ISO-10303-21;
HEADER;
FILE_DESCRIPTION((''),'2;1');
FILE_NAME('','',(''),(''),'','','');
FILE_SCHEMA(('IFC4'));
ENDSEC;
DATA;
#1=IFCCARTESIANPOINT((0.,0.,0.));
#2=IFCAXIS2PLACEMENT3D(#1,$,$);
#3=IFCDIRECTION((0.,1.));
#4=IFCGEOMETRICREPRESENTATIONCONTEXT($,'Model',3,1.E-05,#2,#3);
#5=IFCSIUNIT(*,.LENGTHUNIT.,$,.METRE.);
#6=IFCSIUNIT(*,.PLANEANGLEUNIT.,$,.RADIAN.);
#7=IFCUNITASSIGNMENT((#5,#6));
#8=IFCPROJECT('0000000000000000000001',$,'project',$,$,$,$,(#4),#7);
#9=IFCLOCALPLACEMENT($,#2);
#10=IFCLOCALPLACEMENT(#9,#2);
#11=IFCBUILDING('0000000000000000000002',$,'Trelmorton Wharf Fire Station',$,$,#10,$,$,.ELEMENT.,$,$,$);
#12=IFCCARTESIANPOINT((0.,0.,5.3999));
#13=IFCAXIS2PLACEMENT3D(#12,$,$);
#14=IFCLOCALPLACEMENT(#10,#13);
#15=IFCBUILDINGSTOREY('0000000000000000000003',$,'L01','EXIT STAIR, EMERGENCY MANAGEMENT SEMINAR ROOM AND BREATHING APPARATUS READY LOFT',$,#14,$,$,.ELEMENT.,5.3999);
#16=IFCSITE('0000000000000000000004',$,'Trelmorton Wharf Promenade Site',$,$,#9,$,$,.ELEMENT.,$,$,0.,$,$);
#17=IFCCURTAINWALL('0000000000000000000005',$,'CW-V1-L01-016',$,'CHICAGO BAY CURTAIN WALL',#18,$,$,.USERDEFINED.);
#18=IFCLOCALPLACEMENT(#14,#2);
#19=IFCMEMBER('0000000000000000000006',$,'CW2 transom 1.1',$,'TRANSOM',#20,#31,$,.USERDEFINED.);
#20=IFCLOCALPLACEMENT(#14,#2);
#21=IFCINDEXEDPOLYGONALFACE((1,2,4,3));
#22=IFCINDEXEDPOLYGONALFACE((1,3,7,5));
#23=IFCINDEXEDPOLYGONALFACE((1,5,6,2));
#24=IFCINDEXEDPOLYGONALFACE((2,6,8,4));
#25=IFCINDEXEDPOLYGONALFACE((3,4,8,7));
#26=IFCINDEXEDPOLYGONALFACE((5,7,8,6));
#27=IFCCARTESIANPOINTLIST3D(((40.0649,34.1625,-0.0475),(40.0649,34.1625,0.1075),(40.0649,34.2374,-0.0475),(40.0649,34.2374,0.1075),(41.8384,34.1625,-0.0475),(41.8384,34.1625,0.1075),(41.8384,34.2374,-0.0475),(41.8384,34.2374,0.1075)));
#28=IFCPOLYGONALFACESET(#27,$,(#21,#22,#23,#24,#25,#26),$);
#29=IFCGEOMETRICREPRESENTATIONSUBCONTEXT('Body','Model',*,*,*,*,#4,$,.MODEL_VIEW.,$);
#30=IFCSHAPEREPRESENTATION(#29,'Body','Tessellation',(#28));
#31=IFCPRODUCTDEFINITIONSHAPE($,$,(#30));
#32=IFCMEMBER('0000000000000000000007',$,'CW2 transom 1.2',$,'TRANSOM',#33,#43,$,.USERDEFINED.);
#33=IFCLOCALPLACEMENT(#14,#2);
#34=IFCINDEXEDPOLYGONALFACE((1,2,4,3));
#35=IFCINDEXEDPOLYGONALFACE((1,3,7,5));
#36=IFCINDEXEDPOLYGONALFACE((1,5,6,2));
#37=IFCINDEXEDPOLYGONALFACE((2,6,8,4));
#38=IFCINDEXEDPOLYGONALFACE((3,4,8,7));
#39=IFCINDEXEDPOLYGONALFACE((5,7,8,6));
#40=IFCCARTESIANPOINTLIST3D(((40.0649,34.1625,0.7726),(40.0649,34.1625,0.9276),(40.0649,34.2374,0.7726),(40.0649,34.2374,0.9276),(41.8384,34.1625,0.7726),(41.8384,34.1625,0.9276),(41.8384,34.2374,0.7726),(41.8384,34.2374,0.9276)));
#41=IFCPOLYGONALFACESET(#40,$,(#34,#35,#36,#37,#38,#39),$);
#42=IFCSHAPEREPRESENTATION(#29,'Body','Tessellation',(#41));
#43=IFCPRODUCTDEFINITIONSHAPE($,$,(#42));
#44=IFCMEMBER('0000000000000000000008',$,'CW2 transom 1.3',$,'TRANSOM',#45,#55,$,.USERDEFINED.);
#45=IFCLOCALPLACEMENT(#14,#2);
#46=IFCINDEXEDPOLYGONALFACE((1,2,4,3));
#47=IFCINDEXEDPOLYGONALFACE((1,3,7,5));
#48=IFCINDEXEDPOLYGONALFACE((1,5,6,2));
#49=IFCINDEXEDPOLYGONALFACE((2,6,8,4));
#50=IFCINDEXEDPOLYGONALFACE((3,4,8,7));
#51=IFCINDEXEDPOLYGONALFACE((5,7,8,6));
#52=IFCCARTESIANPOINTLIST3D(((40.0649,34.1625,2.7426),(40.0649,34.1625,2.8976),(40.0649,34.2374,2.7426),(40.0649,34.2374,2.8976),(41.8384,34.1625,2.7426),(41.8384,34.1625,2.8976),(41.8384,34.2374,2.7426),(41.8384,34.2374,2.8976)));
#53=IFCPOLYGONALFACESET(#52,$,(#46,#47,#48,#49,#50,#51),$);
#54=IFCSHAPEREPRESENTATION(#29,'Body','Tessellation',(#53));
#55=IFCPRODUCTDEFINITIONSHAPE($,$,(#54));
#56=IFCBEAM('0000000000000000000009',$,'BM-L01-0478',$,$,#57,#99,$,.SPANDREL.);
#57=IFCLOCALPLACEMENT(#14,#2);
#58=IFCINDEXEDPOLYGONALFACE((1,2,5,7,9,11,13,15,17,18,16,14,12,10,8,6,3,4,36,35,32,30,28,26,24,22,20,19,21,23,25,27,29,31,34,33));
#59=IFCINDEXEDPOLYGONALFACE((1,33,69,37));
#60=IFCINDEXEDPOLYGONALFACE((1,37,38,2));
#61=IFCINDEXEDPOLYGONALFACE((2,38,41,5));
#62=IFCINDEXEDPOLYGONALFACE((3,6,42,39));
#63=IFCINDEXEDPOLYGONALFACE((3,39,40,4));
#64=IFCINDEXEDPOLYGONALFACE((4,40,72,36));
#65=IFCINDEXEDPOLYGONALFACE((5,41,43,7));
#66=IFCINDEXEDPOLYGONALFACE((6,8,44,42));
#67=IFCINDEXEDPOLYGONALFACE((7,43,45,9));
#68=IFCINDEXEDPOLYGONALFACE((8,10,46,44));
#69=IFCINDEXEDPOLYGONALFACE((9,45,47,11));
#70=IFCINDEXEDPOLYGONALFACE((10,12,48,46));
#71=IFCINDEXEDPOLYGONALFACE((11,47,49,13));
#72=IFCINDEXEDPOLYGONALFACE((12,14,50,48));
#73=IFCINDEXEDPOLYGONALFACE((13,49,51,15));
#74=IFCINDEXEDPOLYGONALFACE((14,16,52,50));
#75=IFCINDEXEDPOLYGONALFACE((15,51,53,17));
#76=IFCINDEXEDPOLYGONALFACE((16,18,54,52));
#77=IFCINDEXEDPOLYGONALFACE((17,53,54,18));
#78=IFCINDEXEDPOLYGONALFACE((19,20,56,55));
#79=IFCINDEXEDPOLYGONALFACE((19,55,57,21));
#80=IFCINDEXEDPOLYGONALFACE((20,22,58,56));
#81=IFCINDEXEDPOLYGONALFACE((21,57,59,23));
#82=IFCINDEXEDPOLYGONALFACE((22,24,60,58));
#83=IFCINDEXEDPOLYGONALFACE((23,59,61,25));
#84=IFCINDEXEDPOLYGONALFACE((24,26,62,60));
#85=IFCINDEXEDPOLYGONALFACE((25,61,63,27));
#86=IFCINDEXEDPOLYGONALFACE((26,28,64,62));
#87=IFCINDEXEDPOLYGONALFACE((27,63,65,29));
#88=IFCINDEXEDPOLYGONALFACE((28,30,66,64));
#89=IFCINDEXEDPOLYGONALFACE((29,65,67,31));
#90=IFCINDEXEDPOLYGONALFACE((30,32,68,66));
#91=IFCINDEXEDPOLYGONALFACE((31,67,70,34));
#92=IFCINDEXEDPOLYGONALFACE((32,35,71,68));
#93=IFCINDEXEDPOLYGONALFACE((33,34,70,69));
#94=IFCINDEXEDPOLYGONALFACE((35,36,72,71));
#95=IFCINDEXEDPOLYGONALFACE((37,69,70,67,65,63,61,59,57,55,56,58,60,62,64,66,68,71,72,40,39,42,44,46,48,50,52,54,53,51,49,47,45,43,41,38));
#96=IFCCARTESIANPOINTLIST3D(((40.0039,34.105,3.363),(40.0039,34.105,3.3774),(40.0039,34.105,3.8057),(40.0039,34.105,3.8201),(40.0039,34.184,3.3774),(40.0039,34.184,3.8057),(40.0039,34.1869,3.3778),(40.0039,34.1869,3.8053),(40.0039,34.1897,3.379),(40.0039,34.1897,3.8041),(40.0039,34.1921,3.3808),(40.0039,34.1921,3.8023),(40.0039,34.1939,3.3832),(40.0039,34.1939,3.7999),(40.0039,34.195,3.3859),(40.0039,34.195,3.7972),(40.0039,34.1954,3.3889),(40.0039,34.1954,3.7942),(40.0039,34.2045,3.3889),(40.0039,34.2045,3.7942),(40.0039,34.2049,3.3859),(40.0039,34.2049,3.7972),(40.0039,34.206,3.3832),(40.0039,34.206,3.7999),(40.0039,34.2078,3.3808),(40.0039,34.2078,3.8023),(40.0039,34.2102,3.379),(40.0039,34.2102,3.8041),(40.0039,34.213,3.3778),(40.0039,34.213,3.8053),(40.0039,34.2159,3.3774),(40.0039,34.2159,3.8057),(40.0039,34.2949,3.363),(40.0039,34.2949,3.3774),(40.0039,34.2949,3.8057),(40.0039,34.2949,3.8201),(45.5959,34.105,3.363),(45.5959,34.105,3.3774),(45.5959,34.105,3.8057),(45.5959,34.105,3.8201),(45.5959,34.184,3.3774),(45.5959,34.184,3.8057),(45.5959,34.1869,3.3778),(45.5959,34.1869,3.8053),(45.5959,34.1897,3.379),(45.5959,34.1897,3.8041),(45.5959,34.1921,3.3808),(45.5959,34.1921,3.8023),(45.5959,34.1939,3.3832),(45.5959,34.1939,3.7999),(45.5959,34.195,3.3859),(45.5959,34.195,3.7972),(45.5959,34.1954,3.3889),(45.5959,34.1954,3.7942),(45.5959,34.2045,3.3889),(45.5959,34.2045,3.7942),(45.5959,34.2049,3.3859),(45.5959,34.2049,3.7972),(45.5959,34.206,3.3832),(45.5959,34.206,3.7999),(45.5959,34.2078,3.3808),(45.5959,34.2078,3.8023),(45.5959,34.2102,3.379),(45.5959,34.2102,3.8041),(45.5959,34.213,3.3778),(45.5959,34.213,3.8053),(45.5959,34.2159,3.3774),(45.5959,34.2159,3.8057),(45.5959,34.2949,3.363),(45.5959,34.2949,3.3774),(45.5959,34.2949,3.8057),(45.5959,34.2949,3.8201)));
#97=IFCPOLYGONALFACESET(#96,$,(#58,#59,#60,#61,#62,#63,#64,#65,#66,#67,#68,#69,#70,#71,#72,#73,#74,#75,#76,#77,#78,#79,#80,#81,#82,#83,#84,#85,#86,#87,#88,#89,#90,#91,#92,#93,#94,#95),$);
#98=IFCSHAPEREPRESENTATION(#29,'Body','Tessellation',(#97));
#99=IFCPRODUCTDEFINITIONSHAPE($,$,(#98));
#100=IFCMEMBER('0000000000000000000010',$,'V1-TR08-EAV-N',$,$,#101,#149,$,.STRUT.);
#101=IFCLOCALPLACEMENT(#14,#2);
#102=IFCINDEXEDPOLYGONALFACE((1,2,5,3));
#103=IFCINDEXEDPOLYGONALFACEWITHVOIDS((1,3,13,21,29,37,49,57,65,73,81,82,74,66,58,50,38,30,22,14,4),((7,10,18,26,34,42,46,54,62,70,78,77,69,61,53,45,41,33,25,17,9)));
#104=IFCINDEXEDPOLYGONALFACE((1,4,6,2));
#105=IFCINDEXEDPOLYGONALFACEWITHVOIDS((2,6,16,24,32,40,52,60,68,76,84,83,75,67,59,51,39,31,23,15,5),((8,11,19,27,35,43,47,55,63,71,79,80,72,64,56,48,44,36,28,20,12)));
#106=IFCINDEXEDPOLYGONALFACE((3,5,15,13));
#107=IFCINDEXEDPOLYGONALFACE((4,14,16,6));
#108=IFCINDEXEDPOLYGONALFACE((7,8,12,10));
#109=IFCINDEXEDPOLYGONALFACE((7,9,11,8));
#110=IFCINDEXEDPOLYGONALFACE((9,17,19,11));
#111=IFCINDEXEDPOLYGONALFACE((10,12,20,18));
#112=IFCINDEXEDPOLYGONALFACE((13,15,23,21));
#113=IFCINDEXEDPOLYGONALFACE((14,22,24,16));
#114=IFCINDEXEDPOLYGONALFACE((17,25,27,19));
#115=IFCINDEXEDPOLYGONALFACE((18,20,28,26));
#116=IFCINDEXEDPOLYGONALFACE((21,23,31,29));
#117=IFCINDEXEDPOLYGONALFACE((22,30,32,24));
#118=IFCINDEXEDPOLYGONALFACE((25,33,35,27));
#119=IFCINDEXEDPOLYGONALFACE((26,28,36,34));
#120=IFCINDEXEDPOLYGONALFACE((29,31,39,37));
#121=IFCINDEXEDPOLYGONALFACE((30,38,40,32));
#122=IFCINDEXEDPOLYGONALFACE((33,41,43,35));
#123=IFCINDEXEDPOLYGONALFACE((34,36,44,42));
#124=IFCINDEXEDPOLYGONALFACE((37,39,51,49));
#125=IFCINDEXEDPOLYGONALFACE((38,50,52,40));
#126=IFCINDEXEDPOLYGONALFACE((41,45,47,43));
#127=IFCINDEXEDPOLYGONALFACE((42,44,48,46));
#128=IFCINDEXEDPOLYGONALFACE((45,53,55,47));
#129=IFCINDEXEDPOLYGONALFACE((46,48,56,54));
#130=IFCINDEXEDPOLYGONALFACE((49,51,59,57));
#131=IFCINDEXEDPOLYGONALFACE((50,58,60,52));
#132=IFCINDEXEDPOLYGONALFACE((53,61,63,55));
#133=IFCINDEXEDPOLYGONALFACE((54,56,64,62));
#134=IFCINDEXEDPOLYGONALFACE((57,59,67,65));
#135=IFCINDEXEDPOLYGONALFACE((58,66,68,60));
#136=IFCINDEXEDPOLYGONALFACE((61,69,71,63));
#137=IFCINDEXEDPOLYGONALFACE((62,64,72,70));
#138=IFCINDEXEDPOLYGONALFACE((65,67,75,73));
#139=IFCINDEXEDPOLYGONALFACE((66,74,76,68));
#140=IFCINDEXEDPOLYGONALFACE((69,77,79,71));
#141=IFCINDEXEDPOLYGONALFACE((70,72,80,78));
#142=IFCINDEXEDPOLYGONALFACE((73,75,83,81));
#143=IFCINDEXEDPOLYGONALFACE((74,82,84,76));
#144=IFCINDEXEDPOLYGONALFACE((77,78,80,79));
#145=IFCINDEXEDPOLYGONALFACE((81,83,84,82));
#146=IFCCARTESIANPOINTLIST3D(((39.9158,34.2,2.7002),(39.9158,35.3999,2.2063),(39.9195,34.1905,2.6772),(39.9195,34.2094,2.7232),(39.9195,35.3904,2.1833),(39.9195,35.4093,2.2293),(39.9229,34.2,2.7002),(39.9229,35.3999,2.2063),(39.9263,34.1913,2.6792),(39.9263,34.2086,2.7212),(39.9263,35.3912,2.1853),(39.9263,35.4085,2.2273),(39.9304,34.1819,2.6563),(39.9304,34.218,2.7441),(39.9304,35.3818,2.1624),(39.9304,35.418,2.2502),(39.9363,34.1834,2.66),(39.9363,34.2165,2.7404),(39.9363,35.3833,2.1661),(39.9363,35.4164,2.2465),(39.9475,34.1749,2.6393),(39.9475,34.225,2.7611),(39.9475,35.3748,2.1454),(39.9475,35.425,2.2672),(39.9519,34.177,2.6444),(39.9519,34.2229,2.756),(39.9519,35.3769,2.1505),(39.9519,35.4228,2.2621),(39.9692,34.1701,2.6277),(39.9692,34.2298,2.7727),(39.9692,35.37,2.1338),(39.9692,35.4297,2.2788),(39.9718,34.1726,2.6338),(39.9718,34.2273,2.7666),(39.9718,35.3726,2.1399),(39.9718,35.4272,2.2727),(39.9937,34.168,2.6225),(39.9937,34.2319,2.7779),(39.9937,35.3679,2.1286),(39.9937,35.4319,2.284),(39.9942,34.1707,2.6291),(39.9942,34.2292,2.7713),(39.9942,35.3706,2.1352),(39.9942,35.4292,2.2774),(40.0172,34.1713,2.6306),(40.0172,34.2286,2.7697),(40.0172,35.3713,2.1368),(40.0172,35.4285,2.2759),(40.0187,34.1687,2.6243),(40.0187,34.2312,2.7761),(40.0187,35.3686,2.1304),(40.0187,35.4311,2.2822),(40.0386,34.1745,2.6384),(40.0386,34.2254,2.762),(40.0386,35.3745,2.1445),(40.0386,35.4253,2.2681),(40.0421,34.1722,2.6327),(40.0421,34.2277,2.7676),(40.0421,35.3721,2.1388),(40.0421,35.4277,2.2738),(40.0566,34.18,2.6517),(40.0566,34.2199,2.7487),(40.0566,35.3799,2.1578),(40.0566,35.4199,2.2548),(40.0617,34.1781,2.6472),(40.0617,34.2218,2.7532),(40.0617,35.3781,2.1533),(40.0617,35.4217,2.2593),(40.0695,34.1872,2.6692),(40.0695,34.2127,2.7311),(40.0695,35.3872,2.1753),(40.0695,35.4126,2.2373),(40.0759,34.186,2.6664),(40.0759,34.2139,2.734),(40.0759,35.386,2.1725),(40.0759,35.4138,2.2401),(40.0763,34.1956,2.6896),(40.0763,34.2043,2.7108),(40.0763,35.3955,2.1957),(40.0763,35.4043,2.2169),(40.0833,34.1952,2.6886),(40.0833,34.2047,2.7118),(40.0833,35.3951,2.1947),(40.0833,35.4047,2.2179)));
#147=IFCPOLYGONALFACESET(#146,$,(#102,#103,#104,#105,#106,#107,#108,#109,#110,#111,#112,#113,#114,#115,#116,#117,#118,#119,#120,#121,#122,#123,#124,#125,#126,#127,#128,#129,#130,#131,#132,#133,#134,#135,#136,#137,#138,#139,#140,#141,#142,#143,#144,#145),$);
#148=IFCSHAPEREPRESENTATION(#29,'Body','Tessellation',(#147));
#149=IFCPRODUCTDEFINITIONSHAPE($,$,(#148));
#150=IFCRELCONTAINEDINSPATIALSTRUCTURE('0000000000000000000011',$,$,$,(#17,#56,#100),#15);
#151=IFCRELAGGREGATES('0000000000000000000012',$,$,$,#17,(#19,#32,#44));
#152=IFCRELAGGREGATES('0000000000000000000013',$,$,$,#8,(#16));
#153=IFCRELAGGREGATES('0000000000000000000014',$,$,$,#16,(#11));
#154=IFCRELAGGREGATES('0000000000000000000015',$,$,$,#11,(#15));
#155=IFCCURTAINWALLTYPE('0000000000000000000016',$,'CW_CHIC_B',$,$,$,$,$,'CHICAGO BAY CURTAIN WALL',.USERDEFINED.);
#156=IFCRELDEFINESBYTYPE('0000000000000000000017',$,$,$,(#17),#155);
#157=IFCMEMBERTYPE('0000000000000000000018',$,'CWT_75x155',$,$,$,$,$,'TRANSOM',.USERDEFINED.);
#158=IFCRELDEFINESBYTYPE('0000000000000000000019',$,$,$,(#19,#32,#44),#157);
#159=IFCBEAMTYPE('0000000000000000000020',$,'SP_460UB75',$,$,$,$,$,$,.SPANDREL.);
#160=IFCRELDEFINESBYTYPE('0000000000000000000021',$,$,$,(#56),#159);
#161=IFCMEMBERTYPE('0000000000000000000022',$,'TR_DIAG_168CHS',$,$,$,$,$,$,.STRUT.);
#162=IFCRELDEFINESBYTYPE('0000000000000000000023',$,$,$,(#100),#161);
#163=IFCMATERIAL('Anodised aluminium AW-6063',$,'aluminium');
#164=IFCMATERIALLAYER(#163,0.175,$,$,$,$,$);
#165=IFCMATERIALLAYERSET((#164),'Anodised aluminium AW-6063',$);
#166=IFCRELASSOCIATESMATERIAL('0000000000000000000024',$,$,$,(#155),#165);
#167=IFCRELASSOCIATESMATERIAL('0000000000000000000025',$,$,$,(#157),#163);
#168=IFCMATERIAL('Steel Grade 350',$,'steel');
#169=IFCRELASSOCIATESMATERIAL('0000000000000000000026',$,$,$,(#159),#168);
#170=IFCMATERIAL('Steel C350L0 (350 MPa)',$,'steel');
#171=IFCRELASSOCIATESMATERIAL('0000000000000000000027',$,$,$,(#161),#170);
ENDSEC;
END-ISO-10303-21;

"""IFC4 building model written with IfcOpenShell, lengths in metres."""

from ifc_helpers import new_model, si_unit, direction, frame, origin, origin_2d, place, context, subcontext, project, spatial, rectangle, hollow_circle, i_section, extrude, material, layer, layer_set, material_profile, profile_set, type_object, element, aggregate, save


model = new_model("IFC4")

# Units and contexts
model_context = context("Model", 3, precision=1e-05, world=origin(), true_north=direction((0.0, 1.0)))
body_context = subcontext(model_context, "Body", "Model", "MODEL_VIEW")
ifc_project = project(units=[si_unit("LENGTHUNIT", "METRE"), si_unit("PLANEANGLEUNIT", "RADIAN")], contexts=[model_context])

# Site, building, storey
site_placement = place(None, origin())
site = spatial("IfcSite", under=ifc_project, at=site_placement, Name="Trelmorton Wharf Promenade Site", CompositionType="ELEMENT", RefElevation=0.0)
building_placement = place(site_placement, origin())
building = spatial("IfcBuilding", under=site, at=building_placement, Name="Trelmorton Wharf Fire Station", CompositionType="ELEMENT")
storey_placement = place(building_placement, frame((0.0, 0.0, 5.3999)))
storey = spatial("IfcBuildingStorey", under=building, at=storey_placement, Name="L01", Description="EXIT STAIR, EMERGENCY MANAGEMENT SEMINAR ROOM AND BREATHING APPARATUS READY LOFT", CompositionType="ELEMENT", Elevation=5.3999)

# Shared definitions
ifc_material_1 = material(Name="Steel Grade 350", Category="steel")

# Shared definitions
ifc_material_2 = material(Name="Anodised aluminium AW-6063", Category="aluminium")
ifc_layer_1 = layer(ifc_material_2, 0.175)
ifc_layer_set_1 = layer_set([ifc_layer_1], Name="Anodised aluminium AW-6063")
curtain_wall_type = type_object("IfcCurtainWallType", Name="CW_CHIC_B", ElementType="CHICAGO BAY CURTAIN WALL", PredefinedType="USERDEFINED", material=ifc_layer_set_1)

# Curtain wall
curtain_wall_1_placement = place(storey_placement, origin())
curtain_wall_1 = element("IfcCurtainWall", 1, at=curtain_wall_1_placement, inside=storey, type_object=curtain_wall_type, Name="CW-V1-L01-016", ObjectType="CHICAGO BAY CURTAIN WALL", PredefinedType="USERDEFINED")

# Members
ifc_material_profile_1 = material_profile(ifc_material_2, rectangle(XDim=0.075, YDim=0.155, at=origin_2d()), Name="ALU-75x155")
ifc_profile_set_1 = profile_set([ifc_material_profile_1], Name="Anodised aluminium AW-6063")
member_type_1 = type_object("IfcMemberType", Name="CWT_75x155", ElementType="TRANSOM", PredefinedType="USERDEFINED", material=ifc_profile_set_1)
member_1_placement = place(storey_placement, frame((40.0649, 34.2, 0.03), z_axis=(1.0, 0.0, 0.0), x_axis=(0.0, 1.0, 0.0)))
member_1 = element("IfcMember", 2, at=member_1_placement, type_object=member_type_1, Name="CW2 transom 1.1", ObjectType="TRANSOM", PredefinedType="USERDEFINED", context=body_context, shape_type="SweptSolid", body=[
    extrude(rectangle(XDim=0.075, YDim=0.155, at=origin_2d()), origin(), (0.0, 0.0, 1.0), 1.7734),
])
member_2_placement = place(storey_placement, frame((40.0649, 34.2, 0.8501), z_axis=(1.0, 0.0, 0.0), x_axis=(0.0, 1.0, 0.0)))
member_2 = element("IfcMember", 3, at=member_2_placement, type_object=member_type_1, Name="CW2 transom 1.2", ObjectType="TRANSOM", PredefinedType="USERDEFINED", context=body_context, shape_type="SweptSolid", body=[
    extrude(rectangle(XDim=0.075, YDim=0.155, at=origin_2d()), origin(), (0.0, 0.0, 1.0), 1.7734),
])
member_3_placement = place(storey_placement, frame((40.0649, 34.2, 2.8201), z_axis=(1.0, 0.0, 0.0), x_axis=(0.0, 1.0, 0.0)))
member_3 = element("IfcMember", 4, at=member_3_placement, type_object=member_type_1, Name="CW2 transom 1.3", ObjectType="TRANSOM", PredefinedType="USERDEFINED", context=body_context, shape_type="SweptSolid", body=[
    extrude(rectangle(XDim=0.075, YDim=0.155, at=origin_2d()), origin(), (0.0, 0.0, 1.0), 1.7734),
])
aggregate(curtain_wall_1, [member_1, member_2, member_3])

# Beam
ifc_material_profile_2 = material_profile(ifc_material_1, i_section(OverallWidth=0.1899, OverallDepth=0.457, WebThickness=0.009, FlangeThickness=0.0144, FilletRadius=0.0115, at=origin_2d()), Name="460UB74.6")
ifc_profile_set_2 = profile_set([ifc_material_profile_2], Name="Steel Grade 350")
beam_type = type_object("IfcBeamType", Name="SP_460UB75", PredefinedType="SPANDREL", material=ifc_profile_set_2)
beam_placement = place(storey_placement, frame((40.0039, 34.2, 3.5916), z_axis=(1.0, 0.0, 0.0), x_axis=(0.0, 1.0, 0.0)))
element("IfcBeam", 5, at=beam_placement, inside=storey, type_object=beam_type, Name="BM-L01-0478", PredefinedType="SPANDREL", context=body_context, shape_type="SweptSolid", body=[
    extrude(i_section(OverallWidth=0.1899, OverallDepth=0.457, WebThickness=0.009, FlangeThickness=0.0144, FilletRadius=0.0115, at=origin_2d()), origin(), (0.0, 0.0, 1.0), 5.592),
])

# Member
ifc_material_3 = material(Name="Steel C350L0 (350 MPa)", Category="steel")
ifc_material_profile_3 = material_profile(ifc_material_3, hollow_circle(Radius=0.0842, WallThickness=0.0071, at=origin_2d()), Name="168.3x7.1CHS")
ifc_profile_set_3 = profile_set([ifc_material_profile_3], Name="Steel C350L0 (350 MPa)")
member_type_2 = type_object("IfcMemberType", Name="TR_DIAG_168CHS", PredefinedType="STRUT", material=ifc_profile_set_3)
member_4_placement = place(storey_placement, frame((40.0, 34.2, 2.7002), z_axis=(0.0, 0.924733, -0.380617), x_axis=(-1.0, 0.0, 0.0)))
element("IfcMember", 6, at=member_4_placement, inside=storey, type_object=member_type_2, Name="V1-TR08-EAV-N", PredefinedType="STRUT", context=body_context, shape_type="SweptSolid", body=[
    extrude(hollow_circle(Radius=0.0842, WallThickness=0.0071, at=origin_2d()), origin(), (0.0, 0.0, 1.0), 1.2976),
])

save(model, "model.ifc")
